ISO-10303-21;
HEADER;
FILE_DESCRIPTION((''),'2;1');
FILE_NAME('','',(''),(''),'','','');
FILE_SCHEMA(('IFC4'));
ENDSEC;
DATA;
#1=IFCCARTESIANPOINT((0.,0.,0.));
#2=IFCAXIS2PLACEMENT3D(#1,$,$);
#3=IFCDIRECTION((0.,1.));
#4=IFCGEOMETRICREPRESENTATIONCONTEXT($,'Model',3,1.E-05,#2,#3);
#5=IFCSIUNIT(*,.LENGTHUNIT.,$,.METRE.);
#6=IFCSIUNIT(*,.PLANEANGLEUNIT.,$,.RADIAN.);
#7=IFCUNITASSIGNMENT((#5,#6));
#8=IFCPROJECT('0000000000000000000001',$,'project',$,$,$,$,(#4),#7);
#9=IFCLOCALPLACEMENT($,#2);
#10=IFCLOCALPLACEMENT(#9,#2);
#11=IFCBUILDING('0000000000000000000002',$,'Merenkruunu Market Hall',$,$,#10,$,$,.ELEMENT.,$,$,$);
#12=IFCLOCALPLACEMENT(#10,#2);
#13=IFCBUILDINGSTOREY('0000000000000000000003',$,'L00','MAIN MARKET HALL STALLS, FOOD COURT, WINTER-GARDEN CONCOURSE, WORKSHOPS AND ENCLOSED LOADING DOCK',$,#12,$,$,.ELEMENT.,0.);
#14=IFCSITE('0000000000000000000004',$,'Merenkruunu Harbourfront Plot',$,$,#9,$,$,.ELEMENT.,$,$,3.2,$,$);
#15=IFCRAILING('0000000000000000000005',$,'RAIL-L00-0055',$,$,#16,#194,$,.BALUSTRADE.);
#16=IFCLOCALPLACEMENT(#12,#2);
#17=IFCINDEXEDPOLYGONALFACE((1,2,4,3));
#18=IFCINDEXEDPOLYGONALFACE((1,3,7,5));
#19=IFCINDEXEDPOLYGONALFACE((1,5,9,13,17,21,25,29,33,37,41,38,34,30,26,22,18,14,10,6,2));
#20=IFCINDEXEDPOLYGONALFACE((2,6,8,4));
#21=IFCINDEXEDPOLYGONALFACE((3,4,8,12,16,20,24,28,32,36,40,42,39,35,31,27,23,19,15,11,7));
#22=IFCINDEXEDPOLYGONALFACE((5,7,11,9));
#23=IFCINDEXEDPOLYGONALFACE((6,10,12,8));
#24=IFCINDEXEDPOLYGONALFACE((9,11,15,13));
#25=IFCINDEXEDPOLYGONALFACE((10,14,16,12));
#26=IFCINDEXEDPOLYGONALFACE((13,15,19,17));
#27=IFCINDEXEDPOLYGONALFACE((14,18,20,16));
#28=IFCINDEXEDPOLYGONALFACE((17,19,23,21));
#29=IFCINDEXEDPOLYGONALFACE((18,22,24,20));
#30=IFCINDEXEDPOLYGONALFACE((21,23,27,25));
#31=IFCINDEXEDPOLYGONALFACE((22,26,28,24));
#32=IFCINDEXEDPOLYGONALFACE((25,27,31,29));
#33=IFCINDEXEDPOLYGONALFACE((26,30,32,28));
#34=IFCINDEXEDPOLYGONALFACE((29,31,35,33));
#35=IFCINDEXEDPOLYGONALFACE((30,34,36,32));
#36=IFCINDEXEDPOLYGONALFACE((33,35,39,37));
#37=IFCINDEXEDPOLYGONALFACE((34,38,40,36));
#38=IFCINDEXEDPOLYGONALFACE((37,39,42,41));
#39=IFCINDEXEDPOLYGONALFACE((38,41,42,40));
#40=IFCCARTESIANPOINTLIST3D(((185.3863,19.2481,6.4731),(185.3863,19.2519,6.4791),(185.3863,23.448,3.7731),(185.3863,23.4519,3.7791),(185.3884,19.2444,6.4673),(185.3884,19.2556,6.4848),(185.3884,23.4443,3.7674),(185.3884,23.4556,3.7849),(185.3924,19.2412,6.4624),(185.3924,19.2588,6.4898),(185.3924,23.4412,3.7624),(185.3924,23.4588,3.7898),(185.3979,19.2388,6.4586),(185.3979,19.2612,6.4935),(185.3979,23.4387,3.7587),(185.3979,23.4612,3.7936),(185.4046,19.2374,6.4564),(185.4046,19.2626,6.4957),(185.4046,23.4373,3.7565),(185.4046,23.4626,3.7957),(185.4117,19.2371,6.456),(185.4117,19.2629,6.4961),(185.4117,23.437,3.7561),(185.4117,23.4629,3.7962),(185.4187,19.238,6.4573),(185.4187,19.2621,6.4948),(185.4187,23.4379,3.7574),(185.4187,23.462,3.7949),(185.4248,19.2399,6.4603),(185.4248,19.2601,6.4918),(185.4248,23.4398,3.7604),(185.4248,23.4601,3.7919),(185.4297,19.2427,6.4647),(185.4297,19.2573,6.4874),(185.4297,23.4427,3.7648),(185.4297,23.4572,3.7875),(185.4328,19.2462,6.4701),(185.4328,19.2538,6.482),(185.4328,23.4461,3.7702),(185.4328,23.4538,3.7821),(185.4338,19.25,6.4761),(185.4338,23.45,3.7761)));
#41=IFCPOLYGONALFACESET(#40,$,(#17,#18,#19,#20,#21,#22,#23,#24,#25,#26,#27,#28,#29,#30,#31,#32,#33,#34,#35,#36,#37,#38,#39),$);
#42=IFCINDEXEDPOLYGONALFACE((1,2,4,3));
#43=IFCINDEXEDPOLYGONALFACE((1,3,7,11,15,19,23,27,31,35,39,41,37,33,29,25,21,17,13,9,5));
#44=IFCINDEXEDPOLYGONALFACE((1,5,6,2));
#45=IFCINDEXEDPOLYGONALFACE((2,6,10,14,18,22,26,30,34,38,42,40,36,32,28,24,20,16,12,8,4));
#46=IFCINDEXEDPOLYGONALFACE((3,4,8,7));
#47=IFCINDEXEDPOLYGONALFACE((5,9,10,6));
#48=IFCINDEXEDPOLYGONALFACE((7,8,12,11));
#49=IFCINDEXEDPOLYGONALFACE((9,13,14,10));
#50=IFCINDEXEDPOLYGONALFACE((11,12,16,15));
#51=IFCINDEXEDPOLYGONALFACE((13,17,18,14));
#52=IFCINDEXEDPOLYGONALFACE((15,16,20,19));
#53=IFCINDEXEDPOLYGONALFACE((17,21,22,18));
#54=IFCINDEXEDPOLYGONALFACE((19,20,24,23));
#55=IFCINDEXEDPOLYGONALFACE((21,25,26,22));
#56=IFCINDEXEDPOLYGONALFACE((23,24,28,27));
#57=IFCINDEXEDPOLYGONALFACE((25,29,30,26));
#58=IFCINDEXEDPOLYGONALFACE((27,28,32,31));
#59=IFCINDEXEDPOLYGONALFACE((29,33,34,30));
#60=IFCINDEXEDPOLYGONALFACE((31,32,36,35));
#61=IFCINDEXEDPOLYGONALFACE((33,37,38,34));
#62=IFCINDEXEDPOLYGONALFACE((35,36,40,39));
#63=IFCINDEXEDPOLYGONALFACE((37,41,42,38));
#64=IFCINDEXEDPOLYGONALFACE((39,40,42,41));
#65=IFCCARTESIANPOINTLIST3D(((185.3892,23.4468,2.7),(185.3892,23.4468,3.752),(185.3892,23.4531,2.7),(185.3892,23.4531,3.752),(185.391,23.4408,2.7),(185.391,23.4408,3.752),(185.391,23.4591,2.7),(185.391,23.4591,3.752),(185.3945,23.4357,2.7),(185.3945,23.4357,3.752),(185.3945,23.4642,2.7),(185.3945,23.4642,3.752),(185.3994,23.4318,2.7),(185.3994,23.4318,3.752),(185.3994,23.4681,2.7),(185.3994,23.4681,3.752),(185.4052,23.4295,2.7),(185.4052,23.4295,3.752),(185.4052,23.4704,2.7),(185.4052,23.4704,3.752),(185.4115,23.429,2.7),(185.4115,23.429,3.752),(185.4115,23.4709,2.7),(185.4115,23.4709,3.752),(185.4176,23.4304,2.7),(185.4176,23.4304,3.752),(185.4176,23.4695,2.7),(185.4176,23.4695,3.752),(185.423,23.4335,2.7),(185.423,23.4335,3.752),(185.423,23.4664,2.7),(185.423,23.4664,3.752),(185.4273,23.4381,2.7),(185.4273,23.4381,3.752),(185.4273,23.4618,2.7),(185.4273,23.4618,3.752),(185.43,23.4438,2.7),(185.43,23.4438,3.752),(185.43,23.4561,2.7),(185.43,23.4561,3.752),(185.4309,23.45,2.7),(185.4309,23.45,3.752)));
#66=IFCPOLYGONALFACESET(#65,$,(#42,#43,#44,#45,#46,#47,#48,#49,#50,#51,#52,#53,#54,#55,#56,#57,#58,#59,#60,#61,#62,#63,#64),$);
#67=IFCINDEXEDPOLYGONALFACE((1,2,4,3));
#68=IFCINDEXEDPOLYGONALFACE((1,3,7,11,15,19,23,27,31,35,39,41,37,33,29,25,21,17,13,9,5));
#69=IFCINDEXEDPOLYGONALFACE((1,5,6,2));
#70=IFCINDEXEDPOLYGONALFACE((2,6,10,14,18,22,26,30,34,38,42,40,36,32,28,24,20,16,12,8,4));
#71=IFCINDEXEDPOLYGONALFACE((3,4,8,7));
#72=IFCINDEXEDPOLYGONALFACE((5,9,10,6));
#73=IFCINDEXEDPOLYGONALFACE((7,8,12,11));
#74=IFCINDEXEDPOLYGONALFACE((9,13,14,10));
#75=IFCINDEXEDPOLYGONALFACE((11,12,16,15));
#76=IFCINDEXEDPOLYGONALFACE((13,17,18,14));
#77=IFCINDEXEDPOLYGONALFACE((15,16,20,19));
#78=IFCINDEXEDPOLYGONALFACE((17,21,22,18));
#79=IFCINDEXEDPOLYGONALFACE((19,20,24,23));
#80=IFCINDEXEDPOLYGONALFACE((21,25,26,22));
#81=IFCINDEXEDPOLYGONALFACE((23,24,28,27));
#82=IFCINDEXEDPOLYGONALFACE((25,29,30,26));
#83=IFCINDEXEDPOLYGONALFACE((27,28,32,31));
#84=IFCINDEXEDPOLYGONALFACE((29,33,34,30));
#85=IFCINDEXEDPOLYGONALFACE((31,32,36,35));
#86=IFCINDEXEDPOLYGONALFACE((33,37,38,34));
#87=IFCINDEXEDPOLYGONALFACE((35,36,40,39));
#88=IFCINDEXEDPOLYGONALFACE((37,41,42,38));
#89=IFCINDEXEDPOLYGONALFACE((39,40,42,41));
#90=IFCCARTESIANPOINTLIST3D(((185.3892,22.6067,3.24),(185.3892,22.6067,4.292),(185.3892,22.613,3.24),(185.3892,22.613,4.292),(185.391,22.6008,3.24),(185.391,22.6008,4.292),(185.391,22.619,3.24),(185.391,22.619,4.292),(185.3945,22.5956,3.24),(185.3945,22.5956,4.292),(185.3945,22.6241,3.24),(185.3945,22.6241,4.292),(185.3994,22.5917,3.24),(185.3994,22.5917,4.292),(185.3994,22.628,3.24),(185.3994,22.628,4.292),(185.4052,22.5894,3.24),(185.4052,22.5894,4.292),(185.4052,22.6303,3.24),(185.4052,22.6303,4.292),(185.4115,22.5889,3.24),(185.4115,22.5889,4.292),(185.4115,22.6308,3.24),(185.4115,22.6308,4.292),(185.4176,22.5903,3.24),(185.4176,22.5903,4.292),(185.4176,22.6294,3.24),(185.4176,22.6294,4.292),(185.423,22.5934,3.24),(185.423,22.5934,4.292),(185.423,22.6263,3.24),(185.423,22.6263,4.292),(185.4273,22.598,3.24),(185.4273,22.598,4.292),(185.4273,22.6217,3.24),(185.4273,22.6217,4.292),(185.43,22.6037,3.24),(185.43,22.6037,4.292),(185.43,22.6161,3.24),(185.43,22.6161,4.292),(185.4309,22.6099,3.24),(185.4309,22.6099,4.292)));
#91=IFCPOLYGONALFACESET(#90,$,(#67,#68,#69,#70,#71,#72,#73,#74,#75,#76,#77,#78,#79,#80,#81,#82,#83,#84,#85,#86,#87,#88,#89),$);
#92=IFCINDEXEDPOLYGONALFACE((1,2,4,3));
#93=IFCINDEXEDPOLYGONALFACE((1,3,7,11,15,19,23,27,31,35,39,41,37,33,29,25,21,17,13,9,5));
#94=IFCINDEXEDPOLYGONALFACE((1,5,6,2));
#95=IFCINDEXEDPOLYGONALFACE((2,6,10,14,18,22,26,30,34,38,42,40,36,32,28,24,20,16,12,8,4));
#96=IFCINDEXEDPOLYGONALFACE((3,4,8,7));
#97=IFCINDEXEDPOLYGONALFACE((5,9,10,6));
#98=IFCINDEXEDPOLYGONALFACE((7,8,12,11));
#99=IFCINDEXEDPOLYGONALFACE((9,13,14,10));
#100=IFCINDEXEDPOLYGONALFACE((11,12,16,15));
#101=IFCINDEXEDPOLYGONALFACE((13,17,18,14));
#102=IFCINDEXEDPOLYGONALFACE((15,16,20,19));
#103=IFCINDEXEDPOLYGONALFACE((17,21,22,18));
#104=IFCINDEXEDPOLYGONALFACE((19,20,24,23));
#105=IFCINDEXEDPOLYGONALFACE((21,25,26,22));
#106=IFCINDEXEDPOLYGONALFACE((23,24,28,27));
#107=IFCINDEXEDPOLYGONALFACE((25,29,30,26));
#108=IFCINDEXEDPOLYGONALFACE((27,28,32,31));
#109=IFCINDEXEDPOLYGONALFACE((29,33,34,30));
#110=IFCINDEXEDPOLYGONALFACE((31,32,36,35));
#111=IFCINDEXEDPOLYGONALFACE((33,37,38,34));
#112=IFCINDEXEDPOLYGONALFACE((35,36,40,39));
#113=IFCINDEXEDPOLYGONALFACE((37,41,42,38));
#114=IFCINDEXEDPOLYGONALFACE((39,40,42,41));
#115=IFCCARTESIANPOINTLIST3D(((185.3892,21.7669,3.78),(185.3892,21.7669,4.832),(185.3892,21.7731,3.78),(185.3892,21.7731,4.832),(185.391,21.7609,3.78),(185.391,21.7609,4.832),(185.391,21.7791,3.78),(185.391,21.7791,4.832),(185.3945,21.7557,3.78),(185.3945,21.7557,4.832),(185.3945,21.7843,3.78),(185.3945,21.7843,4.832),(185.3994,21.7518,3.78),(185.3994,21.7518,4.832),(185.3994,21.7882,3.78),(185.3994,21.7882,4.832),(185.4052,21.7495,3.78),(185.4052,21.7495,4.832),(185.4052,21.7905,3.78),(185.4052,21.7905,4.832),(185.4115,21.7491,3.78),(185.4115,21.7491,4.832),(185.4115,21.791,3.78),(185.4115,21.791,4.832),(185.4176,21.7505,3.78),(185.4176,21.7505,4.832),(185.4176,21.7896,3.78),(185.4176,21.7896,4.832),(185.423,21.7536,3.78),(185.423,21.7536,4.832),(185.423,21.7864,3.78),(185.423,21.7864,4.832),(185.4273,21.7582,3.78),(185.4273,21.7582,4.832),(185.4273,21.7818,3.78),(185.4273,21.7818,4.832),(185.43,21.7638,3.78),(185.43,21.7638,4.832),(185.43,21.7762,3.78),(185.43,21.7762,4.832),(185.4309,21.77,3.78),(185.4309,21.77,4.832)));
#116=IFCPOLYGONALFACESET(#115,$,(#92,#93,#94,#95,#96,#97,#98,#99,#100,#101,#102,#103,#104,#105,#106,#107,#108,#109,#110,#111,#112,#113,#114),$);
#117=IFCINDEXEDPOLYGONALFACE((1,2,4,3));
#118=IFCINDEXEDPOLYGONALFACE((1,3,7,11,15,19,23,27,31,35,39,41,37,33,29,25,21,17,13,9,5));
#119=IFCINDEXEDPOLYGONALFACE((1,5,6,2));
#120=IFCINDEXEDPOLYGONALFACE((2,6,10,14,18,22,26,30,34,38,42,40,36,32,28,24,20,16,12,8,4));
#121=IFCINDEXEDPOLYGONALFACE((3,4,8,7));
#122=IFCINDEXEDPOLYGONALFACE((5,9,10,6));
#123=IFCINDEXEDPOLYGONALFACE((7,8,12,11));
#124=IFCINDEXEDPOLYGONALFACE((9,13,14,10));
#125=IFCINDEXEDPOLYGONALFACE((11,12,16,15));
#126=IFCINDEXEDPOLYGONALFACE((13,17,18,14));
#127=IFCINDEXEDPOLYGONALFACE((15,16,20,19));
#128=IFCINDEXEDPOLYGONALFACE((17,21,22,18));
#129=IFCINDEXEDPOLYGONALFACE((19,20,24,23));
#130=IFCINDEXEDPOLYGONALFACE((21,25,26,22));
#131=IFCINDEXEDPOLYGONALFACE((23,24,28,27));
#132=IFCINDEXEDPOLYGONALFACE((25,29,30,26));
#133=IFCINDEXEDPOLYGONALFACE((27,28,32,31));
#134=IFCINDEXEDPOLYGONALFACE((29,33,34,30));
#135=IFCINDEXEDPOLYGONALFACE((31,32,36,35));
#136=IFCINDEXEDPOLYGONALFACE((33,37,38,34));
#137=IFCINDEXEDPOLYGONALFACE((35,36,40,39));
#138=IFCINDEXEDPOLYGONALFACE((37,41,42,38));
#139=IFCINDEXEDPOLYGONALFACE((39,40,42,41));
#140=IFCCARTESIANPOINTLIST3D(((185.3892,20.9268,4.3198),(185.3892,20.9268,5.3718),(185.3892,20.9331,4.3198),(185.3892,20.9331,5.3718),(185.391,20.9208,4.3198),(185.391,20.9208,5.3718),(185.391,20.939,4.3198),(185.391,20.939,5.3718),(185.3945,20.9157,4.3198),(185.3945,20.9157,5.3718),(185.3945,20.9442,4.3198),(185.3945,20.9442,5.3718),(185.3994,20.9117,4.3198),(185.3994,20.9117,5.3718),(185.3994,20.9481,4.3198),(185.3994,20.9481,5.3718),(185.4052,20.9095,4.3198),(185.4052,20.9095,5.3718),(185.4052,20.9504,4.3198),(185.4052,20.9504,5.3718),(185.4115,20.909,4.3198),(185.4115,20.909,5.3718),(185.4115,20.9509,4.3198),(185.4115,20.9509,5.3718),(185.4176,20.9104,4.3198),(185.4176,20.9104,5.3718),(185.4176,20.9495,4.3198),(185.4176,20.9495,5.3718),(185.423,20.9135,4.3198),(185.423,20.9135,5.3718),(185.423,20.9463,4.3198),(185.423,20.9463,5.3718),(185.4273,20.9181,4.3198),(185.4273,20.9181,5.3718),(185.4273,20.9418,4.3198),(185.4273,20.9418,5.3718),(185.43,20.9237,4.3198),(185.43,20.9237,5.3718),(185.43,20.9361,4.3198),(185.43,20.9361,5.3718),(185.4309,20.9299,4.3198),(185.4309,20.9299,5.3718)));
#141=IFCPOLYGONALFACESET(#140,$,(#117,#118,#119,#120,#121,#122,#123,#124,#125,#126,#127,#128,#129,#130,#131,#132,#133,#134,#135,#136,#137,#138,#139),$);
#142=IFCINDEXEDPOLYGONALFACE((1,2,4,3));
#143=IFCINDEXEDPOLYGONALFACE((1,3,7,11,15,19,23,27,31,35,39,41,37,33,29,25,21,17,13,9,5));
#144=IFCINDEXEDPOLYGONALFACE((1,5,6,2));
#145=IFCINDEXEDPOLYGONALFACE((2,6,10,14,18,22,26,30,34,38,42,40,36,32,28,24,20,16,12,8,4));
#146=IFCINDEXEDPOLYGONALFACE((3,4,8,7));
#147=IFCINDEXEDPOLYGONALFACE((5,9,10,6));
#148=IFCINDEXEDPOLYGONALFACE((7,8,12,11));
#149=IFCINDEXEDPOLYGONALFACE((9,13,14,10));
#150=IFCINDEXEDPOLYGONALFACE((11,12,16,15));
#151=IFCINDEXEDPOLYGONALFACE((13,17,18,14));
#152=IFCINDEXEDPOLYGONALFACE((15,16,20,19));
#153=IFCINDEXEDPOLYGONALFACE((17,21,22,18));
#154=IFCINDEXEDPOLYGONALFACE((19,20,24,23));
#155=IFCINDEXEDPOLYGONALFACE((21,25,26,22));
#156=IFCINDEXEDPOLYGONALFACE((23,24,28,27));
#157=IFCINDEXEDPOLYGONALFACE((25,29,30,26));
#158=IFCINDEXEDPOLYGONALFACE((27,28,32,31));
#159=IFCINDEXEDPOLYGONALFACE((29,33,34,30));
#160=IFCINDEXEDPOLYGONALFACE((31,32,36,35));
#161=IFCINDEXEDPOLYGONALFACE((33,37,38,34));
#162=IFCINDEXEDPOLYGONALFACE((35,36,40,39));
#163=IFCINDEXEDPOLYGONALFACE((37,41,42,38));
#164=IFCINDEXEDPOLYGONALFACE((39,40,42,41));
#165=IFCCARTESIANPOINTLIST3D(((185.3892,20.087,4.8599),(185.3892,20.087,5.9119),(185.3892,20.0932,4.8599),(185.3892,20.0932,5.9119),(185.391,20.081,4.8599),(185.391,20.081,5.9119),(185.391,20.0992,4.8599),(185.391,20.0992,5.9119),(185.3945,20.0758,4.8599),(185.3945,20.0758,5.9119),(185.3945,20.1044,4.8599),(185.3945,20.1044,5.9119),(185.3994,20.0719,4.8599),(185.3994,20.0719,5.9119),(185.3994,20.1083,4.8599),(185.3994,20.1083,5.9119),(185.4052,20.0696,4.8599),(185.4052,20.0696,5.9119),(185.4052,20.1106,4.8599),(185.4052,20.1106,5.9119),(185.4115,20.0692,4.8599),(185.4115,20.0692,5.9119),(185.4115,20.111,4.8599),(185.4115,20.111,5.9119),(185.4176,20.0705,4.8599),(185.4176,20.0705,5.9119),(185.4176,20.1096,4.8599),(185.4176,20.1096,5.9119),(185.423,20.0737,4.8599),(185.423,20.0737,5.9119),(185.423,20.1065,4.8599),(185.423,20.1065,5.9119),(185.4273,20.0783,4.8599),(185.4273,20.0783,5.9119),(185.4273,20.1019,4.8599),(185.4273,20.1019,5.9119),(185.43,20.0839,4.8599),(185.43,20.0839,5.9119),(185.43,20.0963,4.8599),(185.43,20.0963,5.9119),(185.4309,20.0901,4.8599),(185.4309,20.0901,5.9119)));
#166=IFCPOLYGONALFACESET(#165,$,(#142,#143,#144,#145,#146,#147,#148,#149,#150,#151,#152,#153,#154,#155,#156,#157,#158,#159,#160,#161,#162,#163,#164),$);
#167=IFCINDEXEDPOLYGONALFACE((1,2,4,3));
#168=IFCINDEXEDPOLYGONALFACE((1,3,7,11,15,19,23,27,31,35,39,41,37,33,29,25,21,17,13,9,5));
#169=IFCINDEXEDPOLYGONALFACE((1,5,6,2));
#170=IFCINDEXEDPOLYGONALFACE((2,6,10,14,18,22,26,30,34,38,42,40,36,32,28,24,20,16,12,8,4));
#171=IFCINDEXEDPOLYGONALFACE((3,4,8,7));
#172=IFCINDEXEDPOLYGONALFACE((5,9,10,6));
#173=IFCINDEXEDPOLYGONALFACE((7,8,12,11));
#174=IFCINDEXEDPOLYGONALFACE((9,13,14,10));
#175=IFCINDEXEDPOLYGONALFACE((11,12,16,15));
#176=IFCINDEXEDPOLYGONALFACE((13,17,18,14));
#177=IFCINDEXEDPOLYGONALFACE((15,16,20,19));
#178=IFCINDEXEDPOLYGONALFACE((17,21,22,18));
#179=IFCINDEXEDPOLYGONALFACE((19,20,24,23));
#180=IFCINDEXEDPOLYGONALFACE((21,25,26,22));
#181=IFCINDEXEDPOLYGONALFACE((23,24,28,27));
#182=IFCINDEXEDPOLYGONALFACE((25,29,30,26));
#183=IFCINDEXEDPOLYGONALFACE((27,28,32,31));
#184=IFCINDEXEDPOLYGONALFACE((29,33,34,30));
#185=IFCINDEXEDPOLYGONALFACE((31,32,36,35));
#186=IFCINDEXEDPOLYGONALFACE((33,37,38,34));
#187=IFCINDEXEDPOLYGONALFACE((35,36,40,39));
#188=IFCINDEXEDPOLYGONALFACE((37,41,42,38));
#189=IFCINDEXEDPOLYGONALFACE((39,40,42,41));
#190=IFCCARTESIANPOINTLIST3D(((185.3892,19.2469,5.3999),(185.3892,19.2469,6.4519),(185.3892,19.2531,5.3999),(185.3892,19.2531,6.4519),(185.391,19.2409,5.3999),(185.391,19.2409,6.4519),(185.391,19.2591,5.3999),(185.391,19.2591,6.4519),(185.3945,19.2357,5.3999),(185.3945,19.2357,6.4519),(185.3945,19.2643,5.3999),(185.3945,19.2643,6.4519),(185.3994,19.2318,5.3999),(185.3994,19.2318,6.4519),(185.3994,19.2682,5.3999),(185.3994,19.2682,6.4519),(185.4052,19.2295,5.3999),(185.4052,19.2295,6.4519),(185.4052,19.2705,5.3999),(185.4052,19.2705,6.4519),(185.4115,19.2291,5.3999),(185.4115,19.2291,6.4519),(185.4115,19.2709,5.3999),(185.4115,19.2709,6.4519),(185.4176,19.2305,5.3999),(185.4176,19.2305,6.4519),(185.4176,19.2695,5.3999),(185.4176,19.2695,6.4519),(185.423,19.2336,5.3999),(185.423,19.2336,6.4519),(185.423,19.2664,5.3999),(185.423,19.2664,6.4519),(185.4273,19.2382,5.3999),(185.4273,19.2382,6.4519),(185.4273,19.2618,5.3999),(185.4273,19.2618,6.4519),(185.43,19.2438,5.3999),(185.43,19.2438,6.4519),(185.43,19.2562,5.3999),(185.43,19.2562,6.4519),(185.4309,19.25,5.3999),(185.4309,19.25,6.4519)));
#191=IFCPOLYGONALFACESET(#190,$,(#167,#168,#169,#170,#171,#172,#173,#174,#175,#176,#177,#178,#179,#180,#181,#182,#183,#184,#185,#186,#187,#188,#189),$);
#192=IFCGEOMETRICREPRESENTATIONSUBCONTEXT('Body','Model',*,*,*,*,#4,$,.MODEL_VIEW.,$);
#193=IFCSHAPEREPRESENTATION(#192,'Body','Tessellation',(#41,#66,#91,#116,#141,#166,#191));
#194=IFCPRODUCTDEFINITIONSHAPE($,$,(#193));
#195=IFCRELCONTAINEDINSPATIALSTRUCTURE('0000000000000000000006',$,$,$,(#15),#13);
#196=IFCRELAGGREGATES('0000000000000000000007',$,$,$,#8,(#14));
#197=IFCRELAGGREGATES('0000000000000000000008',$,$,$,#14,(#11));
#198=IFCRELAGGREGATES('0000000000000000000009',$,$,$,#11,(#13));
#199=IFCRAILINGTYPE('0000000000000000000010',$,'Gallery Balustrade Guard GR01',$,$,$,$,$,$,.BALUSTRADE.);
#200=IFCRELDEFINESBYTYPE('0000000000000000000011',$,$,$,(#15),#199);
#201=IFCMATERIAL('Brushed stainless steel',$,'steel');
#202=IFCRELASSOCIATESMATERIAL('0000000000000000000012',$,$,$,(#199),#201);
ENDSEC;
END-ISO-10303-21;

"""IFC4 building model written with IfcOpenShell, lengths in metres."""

from ifc_helpers import new_model, si_unit, direction, frame, origin, origin_2d, place, context, subcontext, project, spatial, circle, extrude, material, type_object, element, save


model = new_model("IFC4")

# Units and contexts
model_context = context("Model", 3, precision=1e-05, world=origin(), true_north=direction((0.0, 1.0)))
body_context = subcontext(model_context, "Body", "Model", "MODEL_VIEW")
ifc_project = project(units=[si_unit("LENGTHUNIT", "METRE"), si_unit("PLANEANGLEUNIT", "RADIAN")], contexts=[model_context])

# Site, building, storey
site_placement = place(None, origin())
site = spatial("IfcSite", under=ifc_project, at=site_placement, Name="Merenkruunu Harbourfront Plot", CompositionType="ELEMENT", RefElevation=3.2)
building_placement = place(site_placement, origin())
building = spatial("IfcBuilding", under=site, at=building_placement, Name="Merenkruunu Market Hall", CompositionType="ELEMENT")
storey_placement = place(building_placement, origin())
storey = spatial("IfcBuildingStorey", under=building, at=storey_placement, Name="L00", Description="MAIN MARKET HALL STALLS, FOOD COURT, WINTER-GARDEN CONCOURSE, WORKSHOPS AND ENCLOSED LOADING DOCK", CompositionType="ELEMENT", Elevation=0.0)

# Railing
ifc_material_1 = material(Name="Brushed stainless steel", Category="steel")
railing_type_1 = type_object("IfcRailingType", Name="Gallery Balustrade Guard GR01", PredefinedType="BALUSTRADE", material=ifc_material_1)
railing_1_placement = place(storey_placement, frame((185.4099, 23.45, 2.7)))
element("IfcRailing", 1, at=railing_1_placement, inside=storey, type_object=railing_type_1, Name="RAIL-L00-0055", PredefinedType="BALUSTRADE", context=body_context, shape_type="SweptSolid", body=[
    extrude(circle(Radius=0.0239, at=origin_2d()), frame((0.0, 0.0, 1.0762), z_axis=(0.0, -0.84118, 0.540755), x_axis=(1.0, 0.0, 0.0)), (0.0, 0.0, 1.0), 4.9929),
    extrude(circle(Radius=0.021, at=origin_2d()), origin(), (0.0, 0.0, 1.0), 1.052),
    extrude(circle(Radius=0.021, at=origin_2d()), frame((0.0, -0.8401, 0.54)), (0.0, 0.0, 1.0), 1.052),
    extrude(circle(Radius=0.021, at=origin_2d()), frame((0.0, -1.6799, 1.0801)), (0.0, 0.0, 1.0), 1.052),
    extrude(circle(Radius=0.021, at=origin_2d()), frame((0.0, -2.52, 1.6199)), (0.0, 0.0, 1.0), 1.052),
    extrude(circle(Radius=0.021, at=origin_2d()), frame((0.0, -3.3599, 2.1599)), (0.0, 0.0, 1.0), 1.052),
    extrude(circle(Radius=0.021, at=origin_2d()), frame((0.0, -4.2, 2.7)), (0.0, 0.0, 1.0), 1.052),
])

save(model, "model.ifc")
